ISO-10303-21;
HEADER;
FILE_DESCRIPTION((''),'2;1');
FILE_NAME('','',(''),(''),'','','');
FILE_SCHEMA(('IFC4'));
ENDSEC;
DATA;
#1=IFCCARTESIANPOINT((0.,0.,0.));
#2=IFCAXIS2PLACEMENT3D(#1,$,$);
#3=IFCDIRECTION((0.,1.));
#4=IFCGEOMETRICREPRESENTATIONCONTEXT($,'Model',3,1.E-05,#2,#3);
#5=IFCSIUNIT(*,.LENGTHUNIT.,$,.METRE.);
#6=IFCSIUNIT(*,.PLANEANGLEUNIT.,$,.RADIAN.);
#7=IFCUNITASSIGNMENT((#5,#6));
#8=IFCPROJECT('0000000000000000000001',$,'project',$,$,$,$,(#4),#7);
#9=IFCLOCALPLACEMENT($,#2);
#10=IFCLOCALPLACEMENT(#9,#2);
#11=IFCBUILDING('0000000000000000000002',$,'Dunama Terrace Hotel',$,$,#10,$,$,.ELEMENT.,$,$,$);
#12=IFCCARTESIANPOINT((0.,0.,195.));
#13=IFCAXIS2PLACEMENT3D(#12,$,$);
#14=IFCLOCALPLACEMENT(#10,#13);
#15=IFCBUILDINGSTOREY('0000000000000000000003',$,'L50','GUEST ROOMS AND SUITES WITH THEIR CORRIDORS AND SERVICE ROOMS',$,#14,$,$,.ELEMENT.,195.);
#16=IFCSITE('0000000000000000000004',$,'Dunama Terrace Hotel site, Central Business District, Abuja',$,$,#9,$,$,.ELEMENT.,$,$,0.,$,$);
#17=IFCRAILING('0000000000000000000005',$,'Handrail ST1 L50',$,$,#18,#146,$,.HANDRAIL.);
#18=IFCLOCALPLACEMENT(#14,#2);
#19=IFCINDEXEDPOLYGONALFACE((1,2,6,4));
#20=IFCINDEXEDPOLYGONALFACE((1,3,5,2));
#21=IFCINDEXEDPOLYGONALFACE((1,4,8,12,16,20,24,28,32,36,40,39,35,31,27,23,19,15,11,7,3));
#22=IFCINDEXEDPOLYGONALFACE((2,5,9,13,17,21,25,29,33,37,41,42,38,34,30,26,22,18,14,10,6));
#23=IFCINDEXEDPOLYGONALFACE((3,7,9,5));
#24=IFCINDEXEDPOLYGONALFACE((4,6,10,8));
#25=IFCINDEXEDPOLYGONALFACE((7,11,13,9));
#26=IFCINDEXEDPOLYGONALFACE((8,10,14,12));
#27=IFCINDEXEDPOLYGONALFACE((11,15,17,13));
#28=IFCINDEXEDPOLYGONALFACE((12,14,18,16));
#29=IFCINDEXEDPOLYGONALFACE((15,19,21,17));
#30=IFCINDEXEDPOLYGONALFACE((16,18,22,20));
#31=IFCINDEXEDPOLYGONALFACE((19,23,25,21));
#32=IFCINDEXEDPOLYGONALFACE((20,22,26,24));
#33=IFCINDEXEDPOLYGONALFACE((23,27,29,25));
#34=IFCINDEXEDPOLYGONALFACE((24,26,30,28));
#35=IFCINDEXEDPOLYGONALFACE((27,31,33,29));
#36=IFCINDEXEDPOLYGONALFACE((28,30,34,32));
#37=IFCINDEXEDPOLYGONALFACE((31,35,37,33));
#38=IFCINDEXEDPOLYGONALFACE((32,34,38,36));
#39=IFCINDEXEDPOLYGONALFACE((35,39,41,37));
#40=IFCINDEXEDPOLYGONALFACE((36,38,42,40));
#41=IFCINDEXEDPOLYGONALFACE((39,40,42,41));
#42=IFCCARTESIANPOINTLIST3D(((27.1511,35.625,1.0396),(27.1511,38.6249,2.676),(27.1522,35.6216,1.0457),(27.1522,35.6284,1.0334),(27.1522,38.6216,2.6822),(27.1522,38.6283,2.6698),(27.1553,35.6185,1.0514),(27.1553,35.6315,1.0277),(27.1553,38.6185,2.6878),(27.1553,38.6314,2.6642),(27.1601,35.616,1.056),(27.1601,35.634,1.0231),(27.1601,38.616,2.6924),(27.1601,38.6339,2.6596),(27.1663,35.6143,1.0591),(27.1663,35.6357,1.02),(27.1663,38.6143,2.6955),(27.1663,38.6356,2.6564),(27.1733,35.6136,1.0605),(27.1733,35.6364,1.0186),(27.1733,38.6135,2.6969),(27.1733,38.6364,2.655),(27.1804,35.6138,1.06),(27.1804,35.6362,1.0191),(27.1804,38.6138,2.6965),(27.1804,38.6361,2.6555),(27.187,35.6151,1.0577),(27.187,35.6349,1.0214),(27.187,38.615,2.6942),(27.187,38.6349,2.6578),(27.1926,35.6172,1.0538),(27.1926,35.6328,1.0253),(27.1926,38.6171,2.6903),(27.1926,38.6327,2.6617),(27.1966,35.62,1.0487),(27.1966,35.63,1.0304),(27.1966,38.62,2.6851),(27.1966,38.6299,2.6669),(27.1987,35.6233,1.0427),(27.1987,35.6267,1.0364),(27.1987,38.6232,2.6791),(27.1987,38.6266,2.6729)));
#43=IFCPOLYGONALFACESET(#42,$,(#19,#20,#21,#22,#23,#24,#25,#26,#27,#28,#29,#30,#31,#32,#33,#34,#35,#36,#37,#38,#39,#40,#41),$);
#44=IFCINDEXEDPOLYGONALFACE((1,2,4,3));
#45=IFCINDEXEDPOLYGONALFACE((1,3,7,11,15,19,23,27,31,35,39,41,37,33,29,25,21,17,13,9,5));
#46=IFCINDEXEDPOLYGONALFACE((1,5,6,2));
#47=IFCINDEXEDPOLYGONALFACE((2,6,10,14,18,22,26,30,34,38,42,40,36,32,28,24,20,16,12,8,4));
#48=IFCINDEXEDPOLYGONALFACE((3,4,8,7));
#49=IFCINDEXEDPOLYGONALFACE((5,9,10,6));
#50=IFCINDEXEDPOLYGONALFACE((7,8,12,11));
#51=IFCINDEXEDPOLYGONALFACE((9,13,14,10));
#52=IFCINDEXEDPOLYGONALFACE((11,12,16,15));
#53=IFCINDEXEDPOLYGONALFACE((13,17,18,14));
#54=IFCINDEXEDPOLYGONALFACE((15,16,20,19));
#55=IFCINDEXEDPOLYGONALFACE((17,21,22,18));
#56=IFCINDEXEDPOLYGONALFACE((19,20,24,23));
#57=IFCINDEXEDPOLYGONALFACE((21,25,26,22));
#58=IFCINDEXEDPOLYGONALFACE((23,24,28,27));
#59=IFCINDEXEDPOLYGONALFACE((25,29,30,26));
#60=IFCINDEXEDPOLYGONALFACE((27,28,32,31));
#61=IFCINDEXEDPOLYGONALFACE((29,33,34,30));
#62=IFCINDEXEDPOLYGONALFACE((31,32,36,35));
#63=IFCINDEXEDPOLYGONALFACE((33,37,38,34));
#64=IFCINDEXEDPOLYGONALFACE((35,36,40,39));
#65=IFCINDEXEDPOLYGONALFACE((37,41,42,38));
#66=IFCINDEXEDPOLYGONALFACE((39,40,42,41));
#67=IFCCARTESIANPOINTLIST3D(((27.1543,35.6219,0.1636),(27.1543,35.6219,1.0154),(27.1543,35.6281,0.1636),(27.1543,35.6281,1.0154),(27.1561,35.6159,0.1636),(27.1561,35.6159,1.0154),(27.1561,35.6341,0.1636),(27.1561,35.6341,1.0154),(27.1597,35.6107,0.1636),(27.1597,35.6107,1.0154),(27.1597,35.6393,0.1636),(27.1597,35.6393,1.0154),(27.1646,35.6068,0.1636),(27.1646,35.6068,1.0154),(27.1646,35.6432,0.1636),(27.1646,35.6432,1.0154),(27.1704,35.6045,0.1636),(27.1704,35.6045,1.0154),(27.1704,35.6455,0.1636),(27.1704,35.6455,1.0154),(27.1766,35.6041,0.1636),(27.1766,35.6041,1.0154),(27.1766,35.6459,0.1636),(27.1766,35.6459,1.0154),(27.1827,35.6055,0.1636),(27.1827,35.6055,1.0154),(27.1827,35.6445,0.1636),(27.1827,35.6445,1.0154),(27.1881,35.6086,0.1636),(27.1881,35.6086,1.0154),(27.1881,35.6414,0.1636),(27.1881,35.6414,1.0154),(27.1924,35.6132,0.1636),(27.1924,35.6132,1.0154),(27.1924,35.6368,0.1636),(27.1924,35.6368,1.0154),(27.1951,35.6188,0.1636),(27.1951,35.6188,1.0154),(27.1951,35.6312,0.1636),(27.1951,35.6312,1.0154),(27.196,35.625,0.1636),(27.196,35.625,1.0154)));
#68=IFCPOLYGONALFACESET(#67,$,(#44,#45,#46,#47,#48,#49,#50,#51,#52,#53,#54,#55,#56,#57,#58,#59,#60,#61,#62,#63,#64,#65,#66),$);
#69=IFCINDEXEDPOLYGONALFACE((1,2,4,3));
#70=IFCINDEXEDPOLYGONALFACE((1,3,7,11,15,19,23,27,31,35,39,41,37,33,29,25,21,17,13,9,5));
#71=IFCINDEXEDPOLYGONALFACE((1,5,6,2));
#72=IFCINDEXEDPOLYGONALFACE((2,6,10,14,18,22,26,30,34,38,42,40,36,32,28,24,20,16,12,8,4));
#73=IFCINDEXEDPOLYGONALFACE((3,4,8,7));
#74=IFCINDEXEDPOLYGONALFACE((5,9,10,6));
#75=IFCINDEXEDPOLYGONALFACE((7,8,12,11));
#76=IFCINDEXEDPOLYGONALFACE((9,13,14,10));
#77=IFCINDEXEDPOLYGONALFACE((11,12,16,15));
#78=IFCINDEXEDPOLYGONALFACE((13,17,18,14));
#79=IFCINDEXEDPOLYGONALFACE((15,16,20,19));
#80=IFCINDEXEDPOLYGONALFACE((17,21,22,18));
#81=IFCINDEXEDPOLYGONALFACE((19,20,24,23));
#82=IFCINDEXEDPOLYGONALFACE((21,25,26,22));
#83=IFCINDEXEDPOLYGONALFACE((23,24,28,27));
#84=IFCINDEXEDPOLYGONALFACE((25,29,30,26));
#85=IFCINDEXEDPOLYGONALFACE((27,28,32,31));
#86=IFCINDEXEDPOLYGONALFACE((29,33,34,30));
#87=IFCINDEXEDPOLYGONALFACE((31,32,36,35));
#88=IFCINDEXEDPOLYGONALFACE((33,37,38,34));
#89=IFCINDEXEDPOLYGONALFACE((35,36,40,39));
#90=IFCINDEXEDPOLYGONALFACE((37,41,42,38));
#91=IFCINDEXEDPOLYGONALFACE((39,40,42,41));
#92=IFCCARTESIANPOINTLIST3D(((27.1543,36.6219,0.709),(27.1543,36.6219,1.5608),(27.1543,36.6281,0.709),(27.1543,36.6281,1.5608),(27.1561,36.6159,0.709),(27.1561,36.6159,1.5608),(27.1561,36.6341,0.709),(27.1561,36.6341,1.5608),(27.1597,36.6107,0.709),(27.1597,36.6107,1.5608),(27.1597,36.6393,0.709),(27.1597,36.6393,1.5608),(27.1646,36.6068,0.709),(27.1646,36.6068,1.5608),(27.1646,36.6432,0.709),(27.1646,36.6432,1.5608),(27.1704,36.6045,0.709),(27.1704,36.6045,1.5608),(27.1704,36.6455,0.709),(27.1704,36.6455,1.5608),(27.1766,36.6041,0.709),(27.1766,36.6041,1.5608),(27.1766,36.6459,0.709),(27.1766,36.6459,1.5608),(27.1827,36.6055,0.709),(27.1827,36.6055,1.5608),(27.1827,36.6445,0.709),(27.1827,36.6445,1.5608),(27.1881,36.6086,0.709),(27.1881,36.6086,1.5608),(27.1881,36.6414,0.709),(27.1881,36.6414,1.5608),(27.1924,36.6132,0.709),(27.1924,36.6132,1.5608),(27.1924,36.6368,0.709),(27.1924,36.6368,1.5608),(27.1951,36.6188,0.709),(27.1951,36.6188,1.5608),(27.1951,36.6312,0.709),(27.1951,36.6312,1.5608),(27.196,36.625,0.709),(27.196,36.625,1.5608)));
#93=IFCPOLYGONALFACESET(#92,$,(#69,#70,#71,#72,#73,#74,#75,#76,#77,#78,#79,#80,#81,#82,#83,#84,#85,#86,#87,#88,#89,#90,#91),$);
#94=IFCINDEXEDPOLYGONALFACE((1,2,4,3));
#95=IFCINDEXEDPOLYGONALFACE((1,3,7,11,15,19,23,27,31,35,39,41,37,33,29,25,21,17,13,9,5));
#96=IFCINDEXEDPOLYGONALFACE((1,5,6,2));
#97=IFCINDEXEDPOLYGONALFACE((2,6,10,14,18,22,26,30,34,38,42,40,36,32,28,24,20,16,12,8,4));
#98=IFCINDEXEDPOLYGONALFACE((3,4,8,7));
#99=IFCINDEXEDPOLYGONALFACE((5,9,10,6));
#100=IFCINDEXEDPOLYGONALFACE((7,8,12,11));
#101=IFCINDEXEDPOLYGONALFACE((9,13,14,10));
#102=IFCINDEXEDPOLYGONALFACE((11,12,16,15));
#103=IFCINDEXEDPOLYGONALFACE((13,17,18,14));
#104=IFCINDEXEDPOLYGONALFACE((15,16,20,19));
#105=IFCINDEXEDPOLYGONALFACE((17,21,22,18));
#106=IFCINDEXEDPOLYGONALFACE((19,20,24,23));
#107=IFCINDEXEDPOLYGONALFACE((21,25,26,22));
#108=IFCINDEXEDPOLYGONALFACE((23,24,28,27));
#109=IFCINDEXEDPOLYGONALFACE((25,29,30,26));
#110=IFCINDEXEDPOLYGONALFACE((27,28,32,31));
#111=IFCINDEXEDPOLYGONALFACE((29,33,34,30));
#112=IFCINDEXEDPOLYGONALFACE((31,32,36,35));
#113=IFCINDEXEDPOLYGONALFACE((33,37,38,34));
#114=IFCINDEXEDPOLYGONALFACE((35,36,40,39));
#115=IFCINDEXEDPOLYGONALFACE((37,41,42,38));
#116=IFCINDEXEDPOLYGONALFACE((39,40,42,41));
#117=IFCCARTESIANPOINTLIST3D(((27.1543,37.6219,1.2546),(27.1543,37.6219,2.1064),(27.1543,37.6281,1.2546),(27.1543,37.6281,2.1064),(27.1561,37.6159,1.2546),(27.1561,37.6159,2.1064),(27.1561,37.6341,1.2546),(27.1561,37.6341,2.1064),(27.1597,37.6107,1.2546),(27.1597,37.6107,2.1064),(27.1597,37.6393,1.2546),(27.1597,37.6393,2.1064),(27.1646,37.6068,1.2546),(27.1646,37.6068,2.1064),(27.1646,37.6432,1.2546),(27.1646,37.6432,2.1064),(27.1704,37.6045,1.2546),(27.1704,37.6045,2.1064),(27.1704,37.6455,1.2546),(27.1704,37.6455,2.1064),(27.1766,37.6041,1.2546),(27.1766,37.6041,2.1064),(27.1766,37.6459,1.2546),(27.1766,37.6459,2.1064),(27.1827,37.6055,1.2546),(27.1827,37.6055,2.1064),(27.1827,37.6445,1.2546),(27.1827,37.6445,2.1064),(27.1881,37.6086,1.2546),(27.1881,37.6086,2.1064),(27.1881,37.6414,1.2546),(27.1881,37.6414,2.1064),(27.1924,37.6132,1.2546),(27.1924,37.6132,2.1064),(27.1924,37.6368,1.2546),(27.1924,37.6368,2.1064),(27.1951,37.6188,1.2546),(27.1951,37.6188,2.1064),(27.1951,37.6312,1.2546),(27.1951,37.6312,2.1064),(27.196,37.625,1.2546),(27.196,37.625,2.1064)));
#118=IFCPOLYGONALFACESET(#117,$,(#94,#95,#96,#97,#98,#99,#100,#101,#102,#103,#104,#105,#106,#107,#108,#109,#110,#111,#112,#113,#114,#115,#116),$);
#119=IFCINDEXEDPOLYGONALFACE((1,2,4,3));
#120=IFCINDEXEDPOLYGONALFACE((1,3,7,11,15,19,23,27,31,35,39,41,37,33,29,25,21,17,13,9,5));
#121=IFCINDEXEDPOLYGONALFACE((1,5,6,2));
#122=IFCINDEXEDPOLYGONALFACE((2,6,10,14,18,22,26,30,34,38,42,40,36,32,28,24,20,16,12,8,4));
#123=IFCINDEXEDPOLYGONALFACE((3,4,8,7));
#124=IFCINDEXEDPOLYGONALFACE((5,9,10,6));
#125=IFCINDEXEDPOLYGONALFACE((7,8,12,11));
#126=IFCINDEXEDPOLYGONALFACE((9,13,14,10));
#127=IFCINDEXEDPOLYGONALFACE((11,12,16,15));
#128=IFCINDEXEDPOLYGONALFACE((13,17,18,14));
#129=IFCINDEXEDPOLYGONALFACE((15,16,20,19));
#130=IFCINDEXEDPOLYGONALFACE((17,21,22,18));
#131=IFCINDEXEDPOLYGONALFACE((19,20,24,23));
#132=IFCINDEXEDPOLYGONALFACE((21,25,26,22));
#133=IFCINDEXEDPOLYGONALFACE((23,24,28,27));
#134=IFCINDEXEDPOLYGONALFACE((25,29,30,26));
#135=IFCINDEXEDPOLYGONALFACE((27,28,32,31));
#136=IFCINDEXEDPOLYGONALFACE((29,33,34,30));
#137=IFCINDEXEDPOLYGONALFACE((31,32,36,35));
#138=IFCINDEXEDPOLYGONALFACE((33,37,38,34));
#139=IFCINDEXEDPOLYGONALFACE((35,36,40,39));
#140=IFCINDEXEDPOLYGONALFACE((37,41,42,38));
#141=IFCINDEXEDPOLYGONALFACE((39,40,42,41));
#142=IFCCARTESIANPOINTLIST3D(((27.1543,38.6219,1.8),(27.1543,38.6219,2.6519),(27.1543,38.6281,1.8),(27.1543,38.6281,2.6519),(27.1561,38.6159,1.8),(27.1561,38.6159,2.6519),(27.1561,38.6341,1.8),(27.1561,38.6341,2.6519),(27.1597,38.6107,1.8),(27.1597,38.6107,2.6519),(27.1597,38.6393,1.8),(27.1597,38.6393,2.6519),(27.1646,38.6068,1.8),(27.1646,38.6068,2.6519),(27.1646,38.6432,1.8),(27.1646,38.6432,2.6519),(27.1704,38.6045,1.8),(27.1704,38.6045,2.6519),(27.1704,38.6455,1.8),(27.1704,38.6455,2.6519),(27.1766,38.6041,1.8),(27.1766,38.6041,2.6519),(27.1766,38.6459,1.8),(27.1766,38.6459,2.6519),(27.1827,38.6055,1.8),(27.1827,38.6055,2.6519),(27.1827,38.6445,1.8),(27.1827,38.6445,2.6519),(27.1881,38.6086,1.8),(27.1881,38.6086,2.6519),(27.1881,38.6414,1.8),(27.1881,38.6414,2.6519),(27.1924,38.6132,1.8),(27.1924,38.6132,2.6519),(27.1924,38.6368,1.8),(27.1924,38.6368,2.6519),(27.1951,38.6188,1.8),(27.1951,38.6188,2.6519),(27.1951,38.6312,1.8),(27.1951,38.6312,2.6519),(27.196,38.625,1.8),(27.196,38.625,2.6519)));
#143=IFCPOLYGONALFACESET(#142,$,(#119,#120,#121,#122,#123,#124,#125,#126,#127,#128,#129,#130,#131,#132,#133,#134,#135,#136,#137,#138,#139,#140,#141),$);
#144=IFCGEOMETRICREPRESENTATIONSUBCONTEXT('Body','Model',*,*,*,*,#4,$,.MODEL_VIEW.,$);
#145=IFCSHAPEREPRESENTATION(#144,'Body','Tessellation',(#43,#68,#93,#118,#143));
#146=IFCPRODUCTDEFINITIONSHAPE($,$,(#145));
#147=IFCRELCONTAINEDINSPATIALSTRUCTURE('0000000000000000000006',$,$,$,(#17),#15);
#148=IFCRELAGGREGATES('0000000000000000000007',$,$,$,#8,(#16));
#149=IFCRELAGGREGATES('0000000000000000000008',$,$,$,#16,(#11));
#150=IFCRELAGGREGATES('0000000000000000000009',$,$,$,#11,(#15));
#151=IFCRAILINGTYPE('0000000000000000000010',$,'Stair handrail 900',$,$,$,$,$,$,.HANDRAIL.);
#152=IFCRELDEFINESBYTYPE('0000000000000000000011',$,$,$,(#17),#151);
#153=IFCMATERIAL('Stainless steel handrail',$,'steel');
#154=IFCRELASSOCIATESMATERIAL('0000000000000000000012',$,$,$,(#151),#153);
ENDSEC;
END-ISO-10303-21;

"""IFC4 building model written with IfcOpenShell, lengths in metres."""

from ifc_helpers import new_model, si_unit, direction, frame, origin, origin_2d, place, context, subcontext, project, spatial, circle, extrude, material, type_object, element, save


model = new_model("IFC4")

# Units and contexts
model_context = context("Model", 3, precision=1e-05, world=origin(), true_north=direction((0.0, 1.0)))
body_context = subcontext(model_context, "Body", "Model", "MODEL_VIEW")
ifc_project = project(units=[si_unit("LENGTHUNIT", "METRE"), si_unit("PLANEANGLEUNIT", "RADIAN")], contexts=[model_context])

# Site, building, storey
site_placement = place(None, origin())
site = spatial("IfcSite", under=ifc_project, at=site_placement, Name="Dunama Terrace Hotel site, Central Business District, Abuja", CompositionType="ELEMENT", RefElevation=0.0)
building_placement = place(site_placement, origin())
building = spatial("IfcBuilding", under=site, at=building_placement, Name="Dunama Terrace Hotel", CompositionType="ELEMENT")
storey_placement = place(building_placement, frame((0.0, 0.0, 195.0)))
storey = spatial("IfcBuildingStorey", under=building, at=storey_placement, Name="L50", Description="GUEST ROOMS AND SUITES WITH THEIR CORRIDORS AND SERVICE ROOMS", CompositionType="ELEMENT", Elevation=195.0)

# Railing
ifc_material_1 = material(Name="Stainless steel handrail", Category="steel")
railing_type = type_object("IfcRailingType", Name="Stair handrail 900", PredefinedType="HANDRAIL", material=ifc_material_1)
railing_1_placement = place(storey_placement, frame((27.175, 35.625, 0.1636)))
element("IfcRailing", 1, at=railing_1_placement, inside=storey, type_object=railing_type, Name="Handrail ST1 L50", PredefinedType="HANDRAIL", context=body_context, shape_type="SweptSolid", body=[
    extrude(circle(Radius=0.0239, at=origin_2d()), frame((0.0, 0.0, 0.876), z_axis=(0.0, 0.877882, 0.478877), x_axis=(-1.0, 0.0, 0.0)), (0.0, 0.0, 1.0), 3.4172),
    extrude(circle(Radius=0.021, at=origin_2d()), origin(), (0.0, 0.0, 1.0), 0.8518),
    extrude(circle(Radius=0.021, at=origin_2d()), frame((0.0, 1.0, 0.5454)), (0.0, 0.0, 1.0), 0.8518),
    extrude(circle(Radius=0.021, at=origin_2d()), frame((0.0, 2.0, 1.0911)), (0.0, 0.0, 1.0), 0.8518),
    extrude(circle(Radius=0.021, at=origin_2d()), frame((0.0, 3.0, 1.6365)), (0.0, 0.0, 1.0), 0.8518),
])

save(model, "model.ifc")
